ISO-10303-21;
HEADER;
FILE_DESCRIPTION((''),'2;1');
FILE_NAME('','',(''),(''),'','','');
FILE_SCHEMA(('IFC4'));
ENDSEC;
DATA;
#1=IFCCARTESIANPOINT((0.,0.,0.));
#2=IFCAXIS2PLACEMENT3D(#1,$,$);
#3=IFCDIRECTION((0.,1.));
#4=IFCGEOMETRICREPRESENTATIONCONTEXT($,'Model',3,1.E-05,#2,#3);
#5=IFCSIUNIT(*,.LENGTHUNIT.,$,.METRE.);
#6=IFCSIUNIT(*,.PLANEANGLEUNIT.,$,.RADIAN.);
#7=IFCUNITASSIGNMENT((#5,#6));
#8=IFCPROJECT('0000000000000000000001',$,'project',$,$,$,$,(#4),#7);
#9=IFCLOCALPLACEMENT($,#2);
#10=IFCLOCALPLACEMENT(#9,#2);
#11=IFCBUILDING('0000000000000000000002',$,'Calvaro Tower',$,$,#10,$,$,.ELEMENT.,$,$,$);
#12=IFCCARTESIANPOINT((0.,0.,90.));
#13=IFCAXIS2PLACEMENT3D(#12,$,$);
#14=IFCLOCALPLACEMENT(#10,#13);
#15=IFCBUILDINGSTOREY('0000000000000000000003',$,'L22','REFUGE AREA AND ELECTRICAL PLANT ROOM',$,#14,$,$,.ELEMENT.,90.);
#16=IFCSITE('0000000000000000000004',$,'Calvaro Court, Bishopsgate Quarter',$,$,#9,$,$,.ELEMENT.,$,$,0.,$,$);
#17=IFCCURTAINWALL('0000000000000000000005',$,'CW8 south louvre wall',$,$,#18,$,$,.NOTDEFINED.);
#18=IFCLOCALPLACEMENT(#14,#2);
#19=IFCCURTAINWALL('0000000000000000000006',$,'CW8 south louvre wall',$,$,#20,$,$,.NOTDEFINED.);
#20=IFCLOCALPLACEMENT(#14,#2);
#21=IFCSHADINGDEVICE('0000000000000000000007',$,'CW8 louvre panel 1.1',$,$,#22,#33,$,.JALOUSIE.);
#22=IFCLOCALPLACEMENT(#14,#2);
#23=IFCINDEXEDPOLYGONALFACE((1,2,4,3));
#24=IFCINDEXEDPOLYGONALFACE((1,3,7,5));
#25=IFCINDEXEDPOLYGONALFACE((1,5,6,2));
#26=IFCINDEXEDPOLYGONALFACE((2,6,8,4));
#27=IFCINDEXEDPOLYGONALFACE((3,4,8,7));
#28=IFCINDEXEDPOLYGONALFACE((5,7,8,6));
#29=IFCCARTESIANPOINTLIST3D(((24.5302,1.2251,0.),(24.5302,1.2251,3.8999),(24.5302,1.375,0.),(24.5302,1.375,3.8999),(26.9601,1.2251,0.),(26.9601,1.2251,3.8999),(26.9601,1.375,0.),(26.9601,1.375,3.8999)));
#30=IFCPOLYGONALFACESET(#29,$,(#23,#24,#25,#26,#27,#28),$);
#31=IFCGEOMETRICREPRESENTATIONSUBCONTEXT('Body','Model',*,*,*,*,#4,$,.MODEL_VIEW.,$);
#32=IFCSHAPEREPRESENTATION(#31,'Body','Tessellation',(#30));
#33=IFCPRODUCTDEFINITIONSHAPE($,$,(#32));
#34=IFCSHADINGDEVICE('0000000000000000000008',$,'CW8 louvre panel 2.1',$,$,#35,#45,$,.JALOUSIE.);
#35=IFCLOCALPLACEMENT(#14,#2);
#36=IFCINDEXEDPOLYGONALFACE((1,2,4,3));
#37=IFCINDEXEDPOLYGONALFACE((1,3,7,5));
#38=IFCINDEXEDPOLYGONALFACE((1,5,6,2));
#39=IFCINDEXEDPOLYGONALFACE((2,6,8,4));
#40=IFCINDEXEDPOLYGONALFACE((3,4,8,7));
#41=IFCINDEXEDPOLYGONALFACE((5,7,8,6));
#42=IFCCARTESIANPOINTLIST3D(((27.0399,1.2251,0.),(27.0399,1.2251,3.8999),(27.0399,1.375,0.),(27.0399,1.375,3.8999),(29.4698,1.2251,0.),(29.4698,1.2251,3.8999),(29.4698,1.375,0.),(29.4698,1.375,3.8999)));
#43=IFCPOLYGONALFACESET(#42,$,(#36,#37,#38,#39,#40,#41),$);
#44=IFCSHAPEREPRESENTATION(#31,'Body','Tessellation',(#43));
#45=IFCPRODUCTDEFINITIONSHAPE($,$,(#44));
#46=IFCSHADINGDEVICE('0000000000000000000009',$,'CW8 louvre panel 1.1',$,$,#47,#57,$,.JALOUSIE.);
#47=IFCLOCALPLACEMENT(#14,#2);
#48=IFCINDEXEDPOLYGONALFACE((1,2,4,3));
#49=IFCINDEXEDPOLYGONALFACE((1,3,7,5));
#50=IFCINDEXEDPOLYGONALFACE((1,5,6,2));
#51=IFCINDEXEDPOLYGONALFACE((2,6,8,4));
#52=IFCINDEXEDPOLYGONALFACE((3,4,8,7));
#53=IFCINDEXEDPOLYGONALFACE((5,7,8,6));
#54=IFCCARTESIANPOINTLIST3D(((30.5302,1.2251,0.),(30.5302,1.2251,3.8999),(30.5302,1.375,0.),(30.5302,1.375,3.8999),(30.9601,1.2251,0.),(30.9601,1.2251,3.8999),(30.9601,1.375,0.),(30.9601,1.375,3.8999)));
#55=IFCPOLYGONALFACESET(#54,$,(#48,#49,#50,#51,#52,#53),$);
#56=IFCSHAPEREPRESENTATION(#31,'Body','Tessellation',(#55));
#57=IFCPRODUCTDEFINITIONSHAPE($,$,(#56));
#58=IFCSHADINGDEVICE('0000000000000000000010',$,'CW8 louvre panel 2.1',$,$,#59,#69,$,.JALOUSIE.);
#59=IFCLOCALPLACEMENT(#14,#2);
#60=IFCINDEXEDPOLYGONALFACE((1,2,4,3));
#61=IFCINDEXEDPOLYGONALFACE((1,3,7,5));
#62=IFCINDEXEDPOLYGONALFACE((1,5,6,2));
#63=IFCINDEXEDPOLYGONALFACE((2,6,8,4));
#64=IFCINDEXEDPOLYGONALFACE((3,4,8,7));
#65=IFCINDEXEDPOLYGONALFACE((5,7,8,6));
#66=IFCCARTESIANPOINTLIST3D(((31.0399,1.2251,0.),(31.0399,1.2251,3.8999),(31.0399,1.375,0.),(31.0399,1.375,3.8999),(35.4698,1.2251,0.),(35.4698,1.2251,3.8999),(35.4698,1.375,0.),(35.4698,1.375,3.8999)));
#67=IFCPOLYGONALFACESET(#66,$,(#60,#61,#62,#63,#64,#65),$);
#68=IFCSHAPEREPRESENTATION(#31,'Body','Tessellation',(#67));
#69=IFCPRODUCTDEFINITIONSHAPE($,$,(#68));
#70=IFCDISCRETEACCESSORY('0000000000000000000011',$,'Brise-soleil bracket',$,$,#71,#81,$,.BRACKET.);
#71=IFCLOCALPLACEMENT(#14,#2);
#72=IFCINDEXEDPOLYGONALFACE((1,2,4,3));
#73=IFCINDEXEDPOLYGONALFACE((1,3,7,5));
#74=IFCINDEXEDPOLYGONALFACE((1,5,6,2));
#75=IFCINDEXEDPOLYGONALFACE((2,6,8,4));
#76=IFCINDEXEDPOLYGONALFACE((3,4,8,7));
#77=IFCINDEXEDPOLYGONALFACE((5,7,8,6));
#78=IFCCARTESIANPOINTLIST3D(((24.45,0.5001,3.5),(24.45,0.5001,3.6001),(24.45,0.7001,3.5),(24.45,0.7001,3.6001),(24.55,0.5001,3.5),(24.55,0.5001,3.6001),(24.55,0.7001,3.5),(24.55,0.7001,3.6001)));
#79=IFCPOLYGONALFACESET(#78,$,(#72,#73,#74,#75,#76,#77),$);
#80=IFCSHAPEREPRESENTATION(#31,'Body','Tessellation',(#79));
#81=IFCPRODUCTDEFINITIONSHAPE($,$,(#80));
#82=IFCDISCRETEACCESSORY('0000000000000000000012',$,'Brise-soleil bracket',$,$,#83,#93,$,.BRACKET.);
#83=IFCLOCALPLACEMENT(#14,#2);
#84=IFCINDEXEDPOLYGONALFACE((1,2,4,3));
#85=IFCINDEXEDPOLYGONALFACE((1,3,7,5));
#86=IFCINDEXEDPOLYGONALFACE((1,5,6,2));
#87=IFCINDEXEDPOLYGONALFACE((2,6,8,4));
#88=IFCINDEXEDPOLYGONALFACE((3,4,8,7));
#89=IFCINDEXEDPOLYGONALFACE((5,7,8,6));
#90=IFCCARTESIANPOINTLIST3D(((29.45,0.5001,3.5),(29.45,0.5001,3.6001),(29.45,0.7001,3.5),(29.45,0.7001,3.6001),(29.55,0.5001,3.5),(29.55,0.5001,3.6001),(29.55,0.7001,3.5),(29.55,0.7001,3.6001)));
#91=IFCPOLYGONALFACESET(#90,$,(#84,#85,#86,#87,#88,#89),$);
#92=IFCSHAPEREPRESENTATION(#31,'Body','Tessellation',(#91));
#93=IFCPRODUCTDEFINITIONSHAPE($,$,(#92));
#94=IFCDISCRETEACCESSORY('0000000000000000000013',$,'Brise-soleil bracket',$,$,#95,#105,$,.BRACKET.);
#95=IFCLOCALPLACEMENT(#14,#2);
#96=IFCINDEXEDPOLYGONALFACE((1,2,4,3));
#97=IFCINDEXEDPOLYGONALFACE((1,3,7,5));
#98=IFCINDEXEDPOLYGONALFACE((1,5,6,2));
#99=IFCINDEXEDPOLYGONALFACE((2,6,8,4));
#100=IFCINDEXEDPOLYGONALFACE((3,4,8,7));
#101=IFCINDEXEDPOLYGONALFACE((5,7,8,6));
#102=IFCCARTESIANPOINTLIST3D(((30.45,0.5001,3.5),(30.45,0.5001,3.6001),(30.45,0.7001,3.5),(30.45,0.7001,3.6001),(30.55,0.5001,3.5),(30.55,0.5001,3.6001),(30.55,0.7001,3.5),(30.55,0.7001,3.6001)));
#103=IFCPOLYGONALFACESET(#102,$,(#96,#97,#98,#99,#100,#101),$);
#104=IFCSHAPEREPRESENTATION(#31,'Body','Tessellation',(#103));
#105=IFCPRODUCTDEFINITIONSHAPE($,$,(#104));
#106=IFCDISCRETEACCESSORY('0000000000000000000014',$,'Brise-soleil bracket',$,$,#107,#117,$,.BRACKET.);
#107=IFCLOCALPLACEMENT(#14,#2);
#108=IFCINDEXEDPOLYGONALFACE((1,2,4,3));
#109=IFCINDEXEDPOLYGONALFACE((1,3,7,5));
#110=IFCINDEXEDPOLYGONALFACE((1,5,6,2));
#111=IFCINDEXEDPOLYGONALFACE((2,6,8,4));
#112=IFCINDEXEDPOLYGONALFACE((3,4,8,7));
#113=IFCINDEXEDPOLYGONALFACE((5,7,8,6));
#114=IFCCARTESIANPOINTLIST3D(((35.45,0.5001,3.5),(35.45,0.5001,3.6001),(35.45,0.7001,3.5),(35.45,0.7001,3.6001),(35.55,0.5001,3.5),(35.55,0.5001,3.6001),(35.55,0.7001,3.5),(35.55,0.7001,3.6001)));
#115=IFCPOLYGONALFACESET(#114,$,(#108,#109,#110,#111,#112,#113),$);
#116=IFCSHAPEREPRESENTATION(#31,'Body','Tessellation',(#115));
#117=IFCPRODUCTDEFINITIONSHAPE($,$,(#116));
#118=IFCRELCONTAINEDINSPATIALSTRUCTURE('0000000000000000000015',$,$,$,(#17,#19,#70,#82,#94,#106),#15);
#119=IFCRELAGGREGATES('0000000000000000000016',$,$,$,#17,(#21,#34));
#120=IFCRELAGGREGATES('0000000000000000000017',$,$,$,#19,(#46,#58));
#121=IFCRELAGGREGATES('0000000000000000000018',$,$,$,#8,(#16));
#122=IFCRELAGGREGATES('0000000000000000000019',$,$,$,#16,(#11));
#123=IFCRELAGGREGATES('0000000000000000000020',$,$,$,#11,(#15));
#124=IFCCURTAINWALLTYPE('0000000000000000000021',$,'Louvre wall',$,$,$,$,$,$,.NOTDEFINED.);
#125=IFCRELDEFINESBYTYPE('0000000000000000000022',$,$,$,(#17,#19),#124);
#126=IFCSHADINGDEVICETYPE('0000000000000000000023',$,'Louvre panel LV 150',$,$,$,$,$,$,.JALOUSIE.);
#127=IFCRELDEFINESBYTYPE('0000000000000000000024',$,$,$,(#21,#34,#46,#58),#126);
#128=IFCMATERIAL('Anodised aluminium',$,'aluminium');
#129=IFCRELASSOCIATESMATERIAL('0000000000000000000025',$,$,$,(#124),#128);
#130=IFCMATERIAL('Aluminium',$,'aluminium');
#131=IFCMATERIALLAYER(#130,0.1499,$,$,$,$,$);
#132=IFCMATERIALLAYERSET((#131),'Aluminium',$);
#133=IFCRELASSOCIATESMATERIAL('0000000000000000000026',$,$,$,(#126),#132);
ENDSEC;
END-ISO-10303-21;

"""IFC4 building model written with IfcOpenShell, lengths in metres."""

from ifc_helpers import new_model, si_unit, direction, frame, origin, origin_2d, place, context, subcontext, project, spatial, rectangle, extrude, material, layer, layer_set, type_object, element, aggregate, save


model = new_model("IFC4")

# Units and contexts
model_context = context("Model", 3, precision=1e-05, world=origin(), true_north=direction((0.0, 1.0)))
body_context = subcontext(model_context, "Body", "Model", "MODEL_VIEW")
ifc_project = project(units=[si_unit("LENGTHUNIT", "METRE"), si_unit("PLANEANGLEUNIT", "RADIAN")], contexts=[model_context])

# Site, building, storey
site_placement = place(None, origin())
site = spatial("IfcSite", under=ifc_project, at=site_placement, Name="Calvaro Court, Bishopsgate Quarter", CompositionType="ELEMENT", RefElevation=0.0)
building_placement = place(site_placement, origin())
building = spatial("IfcBuilding", under=site, at=building_placement, Name="Calvaro Tower", CompositionType="ELEMENT")
storey_placement = place(building_placement, frame((0.0, 0.0, 90.0)))
storey = spatial("IfcBuildingStorey", under=building, at=storey_placement, Name="L22", Description="REFUGE AREA AND ELECTRICAL PLANT ROOM", CompositionType="ELEMENT", Elevation=90.0)

# Curtain walls
ifc_material_1 = material(Name="Anodised aluminium", Category="aluminium")
curtain_wall_type = type_object("IfcCurtainWallType", Name="Louvre wall", PredefinedType="NOTDEFINED", material=ifc_material_1)
curtain_wall_1_placement = place(storey_placement, origin())
curtain_wall_1 = element("IfcCurtainWall", 1, at=curtain_wall_1_placement, inside=storey, type_object=curtain_wall_type, Name="CW8 south louvre wall", PredefinedType="NOTDEFINED")
curtain_wall_2_placement = place(storey_placement, origin())
curtain_wall_2 = element("IfcCurtainWall", 2, at=curtain_wall_2_placement, inside=storey, type_object=curtain_wall_type, Name="CW8 south louvre wall", PredefinedType="NOTDEFINED")

# Shading devices
ifc_material_2 = material(Name="Aluminium", Category="aluminium")
ifc_layer = layer(ifc_material_2, 0.1499)
ifc_layer_set = layer_set([ifc_layer], Name="Aluminium")
shading_device_type_1 = type_object("IfcShadingDeviceType", Name="Louvre panel LV 150", PredefinedType="JALOUSIE", material=ifc_layer_set)
shading_device_1_placement = place(storey_placement, frame((25.7451, 1.3, 0.0), z_axis=(0.0, 0.0, 1.0), x_axis=(1.0, 0.0, 0.0)))
shading_device_1 = element("IfcShadingDevice", 3, at=shading_device_1_placement, type_object=shading_device_type_1, Name="CW8 louvre panel 1.1", PredefinedType="JALOUSIE", context=body_context, shape_type="SweptSolid", body=[
    extrude(rectangle(XDim=2.4299, YDim=0.1499, at=origin_2d()), origin(), (0.0, 0.0, 1.0), 3.8999),
])
shading_device_2_placement = place(storey_placement, frame((28.2549, 1.3, 0.0), z_axis=(0.0, 0.0, 1.0), x_axis=(1.0, 0.0, 0.0)))
shading_device_2 = element("IfcShadingDevice", 4, at=shading_device_2_placement, type_object=shading_device_type_1, Name="CW8 louvre panel 2.1", PredefinedType="JALOUSIE", context=body_context, shape_type="SweptSolid", body=[
    extrude(rectangle(XDim=2.4299, YDim=0.1499, at=origin_2d()), origin(), (0.0, 0.0, 1.0), 3.8999),
])
aggregate(curtain_wall_1, [shading_device_1, shading_device_2])
shading_device_3_placement = place(storey_placement, frame((30.7451, 1.3, 0.0), z_axis=(0.0, 0.0, 1.0), x_axis=(1.0, 0.0, 0.0)))
shading_device_3 = element("IfcShadingDevice", 5, at=shading_device_3_placement, type_object=shading_device_type_1, Name="CW8 louvre panel 1.1", PredefinedType="JALOUSIE", context=body_context, shape_type="SweptSolid", body=[
    extrude(rectangle(XDim=0.4299, YDim=0.1499, at=origin_2d()), origin(), (0.0, 0.0, 1.0), 3.8999),
])
shading_device_4_placement = place(storey_placement, frame((33.2549, 1.3, 0.0), z_axis=(0.0, 0.0, 1.0), x_axis=(1.0, 0.0, 0.0)))
shading_device_4 = element("IfcShadingDevice", 6, at=shading_device_4_placement, type_object=shading_device_type_1, Name="CW8 louvre panel 2.1", PredefinedType="JALOUSIE", context=body_context, shape_type="SweptSolid", body=[
    extrude(rectangle(XDim=4.4299, YDim=0.1499, at=origin_2d()), origin(), (0.0, 0.0, 1.0), 3.8999),
])
aggregate(curtain_wall_2, [shading_device_3, shading_device_4])

# Discrete accessories
for number, where, z_axis, x_axis, name in (
    (7, (24.5, 0.6001, 3.5), (0.0, 0.0, 1.0), (1.0, 0.0, 0.0), "Brise-soleil bracket"),
    (8, (29.5, 0.6001, 3.5), (0.0, 0.0, 1.0), (1.0, 0.0, 0.0), "Brise-soleil bracket"),
    (9, (30.5, 0.6001, 3.5), (0.0, 0.0, 1.0), (1.0, 0.0, 0.0), "Brise-soleil bracket"),
    (10, (35.5, 0.6001, 3.5), (0.0, 0.0, 1.0), (1.0, 0.0, 0.0), "Brise-soleil bracket"),
):
    element("IfcDiscreteAccessory", number, at=place(storey_placement, frame(where, z_axis=z_axis, x_axis=x_axis)), inside=storey, Name=name, PredefinedType="BRACKET", context=body_context, shape_type="SweptSolid", body=[
        extrude(rectangle(XDim=0.1001, YDim=0.2, at=origin_2d()), origin(), (0.0, 0.0, 1.0), 0.1001),
    ])

save(model, "model.ifc")
